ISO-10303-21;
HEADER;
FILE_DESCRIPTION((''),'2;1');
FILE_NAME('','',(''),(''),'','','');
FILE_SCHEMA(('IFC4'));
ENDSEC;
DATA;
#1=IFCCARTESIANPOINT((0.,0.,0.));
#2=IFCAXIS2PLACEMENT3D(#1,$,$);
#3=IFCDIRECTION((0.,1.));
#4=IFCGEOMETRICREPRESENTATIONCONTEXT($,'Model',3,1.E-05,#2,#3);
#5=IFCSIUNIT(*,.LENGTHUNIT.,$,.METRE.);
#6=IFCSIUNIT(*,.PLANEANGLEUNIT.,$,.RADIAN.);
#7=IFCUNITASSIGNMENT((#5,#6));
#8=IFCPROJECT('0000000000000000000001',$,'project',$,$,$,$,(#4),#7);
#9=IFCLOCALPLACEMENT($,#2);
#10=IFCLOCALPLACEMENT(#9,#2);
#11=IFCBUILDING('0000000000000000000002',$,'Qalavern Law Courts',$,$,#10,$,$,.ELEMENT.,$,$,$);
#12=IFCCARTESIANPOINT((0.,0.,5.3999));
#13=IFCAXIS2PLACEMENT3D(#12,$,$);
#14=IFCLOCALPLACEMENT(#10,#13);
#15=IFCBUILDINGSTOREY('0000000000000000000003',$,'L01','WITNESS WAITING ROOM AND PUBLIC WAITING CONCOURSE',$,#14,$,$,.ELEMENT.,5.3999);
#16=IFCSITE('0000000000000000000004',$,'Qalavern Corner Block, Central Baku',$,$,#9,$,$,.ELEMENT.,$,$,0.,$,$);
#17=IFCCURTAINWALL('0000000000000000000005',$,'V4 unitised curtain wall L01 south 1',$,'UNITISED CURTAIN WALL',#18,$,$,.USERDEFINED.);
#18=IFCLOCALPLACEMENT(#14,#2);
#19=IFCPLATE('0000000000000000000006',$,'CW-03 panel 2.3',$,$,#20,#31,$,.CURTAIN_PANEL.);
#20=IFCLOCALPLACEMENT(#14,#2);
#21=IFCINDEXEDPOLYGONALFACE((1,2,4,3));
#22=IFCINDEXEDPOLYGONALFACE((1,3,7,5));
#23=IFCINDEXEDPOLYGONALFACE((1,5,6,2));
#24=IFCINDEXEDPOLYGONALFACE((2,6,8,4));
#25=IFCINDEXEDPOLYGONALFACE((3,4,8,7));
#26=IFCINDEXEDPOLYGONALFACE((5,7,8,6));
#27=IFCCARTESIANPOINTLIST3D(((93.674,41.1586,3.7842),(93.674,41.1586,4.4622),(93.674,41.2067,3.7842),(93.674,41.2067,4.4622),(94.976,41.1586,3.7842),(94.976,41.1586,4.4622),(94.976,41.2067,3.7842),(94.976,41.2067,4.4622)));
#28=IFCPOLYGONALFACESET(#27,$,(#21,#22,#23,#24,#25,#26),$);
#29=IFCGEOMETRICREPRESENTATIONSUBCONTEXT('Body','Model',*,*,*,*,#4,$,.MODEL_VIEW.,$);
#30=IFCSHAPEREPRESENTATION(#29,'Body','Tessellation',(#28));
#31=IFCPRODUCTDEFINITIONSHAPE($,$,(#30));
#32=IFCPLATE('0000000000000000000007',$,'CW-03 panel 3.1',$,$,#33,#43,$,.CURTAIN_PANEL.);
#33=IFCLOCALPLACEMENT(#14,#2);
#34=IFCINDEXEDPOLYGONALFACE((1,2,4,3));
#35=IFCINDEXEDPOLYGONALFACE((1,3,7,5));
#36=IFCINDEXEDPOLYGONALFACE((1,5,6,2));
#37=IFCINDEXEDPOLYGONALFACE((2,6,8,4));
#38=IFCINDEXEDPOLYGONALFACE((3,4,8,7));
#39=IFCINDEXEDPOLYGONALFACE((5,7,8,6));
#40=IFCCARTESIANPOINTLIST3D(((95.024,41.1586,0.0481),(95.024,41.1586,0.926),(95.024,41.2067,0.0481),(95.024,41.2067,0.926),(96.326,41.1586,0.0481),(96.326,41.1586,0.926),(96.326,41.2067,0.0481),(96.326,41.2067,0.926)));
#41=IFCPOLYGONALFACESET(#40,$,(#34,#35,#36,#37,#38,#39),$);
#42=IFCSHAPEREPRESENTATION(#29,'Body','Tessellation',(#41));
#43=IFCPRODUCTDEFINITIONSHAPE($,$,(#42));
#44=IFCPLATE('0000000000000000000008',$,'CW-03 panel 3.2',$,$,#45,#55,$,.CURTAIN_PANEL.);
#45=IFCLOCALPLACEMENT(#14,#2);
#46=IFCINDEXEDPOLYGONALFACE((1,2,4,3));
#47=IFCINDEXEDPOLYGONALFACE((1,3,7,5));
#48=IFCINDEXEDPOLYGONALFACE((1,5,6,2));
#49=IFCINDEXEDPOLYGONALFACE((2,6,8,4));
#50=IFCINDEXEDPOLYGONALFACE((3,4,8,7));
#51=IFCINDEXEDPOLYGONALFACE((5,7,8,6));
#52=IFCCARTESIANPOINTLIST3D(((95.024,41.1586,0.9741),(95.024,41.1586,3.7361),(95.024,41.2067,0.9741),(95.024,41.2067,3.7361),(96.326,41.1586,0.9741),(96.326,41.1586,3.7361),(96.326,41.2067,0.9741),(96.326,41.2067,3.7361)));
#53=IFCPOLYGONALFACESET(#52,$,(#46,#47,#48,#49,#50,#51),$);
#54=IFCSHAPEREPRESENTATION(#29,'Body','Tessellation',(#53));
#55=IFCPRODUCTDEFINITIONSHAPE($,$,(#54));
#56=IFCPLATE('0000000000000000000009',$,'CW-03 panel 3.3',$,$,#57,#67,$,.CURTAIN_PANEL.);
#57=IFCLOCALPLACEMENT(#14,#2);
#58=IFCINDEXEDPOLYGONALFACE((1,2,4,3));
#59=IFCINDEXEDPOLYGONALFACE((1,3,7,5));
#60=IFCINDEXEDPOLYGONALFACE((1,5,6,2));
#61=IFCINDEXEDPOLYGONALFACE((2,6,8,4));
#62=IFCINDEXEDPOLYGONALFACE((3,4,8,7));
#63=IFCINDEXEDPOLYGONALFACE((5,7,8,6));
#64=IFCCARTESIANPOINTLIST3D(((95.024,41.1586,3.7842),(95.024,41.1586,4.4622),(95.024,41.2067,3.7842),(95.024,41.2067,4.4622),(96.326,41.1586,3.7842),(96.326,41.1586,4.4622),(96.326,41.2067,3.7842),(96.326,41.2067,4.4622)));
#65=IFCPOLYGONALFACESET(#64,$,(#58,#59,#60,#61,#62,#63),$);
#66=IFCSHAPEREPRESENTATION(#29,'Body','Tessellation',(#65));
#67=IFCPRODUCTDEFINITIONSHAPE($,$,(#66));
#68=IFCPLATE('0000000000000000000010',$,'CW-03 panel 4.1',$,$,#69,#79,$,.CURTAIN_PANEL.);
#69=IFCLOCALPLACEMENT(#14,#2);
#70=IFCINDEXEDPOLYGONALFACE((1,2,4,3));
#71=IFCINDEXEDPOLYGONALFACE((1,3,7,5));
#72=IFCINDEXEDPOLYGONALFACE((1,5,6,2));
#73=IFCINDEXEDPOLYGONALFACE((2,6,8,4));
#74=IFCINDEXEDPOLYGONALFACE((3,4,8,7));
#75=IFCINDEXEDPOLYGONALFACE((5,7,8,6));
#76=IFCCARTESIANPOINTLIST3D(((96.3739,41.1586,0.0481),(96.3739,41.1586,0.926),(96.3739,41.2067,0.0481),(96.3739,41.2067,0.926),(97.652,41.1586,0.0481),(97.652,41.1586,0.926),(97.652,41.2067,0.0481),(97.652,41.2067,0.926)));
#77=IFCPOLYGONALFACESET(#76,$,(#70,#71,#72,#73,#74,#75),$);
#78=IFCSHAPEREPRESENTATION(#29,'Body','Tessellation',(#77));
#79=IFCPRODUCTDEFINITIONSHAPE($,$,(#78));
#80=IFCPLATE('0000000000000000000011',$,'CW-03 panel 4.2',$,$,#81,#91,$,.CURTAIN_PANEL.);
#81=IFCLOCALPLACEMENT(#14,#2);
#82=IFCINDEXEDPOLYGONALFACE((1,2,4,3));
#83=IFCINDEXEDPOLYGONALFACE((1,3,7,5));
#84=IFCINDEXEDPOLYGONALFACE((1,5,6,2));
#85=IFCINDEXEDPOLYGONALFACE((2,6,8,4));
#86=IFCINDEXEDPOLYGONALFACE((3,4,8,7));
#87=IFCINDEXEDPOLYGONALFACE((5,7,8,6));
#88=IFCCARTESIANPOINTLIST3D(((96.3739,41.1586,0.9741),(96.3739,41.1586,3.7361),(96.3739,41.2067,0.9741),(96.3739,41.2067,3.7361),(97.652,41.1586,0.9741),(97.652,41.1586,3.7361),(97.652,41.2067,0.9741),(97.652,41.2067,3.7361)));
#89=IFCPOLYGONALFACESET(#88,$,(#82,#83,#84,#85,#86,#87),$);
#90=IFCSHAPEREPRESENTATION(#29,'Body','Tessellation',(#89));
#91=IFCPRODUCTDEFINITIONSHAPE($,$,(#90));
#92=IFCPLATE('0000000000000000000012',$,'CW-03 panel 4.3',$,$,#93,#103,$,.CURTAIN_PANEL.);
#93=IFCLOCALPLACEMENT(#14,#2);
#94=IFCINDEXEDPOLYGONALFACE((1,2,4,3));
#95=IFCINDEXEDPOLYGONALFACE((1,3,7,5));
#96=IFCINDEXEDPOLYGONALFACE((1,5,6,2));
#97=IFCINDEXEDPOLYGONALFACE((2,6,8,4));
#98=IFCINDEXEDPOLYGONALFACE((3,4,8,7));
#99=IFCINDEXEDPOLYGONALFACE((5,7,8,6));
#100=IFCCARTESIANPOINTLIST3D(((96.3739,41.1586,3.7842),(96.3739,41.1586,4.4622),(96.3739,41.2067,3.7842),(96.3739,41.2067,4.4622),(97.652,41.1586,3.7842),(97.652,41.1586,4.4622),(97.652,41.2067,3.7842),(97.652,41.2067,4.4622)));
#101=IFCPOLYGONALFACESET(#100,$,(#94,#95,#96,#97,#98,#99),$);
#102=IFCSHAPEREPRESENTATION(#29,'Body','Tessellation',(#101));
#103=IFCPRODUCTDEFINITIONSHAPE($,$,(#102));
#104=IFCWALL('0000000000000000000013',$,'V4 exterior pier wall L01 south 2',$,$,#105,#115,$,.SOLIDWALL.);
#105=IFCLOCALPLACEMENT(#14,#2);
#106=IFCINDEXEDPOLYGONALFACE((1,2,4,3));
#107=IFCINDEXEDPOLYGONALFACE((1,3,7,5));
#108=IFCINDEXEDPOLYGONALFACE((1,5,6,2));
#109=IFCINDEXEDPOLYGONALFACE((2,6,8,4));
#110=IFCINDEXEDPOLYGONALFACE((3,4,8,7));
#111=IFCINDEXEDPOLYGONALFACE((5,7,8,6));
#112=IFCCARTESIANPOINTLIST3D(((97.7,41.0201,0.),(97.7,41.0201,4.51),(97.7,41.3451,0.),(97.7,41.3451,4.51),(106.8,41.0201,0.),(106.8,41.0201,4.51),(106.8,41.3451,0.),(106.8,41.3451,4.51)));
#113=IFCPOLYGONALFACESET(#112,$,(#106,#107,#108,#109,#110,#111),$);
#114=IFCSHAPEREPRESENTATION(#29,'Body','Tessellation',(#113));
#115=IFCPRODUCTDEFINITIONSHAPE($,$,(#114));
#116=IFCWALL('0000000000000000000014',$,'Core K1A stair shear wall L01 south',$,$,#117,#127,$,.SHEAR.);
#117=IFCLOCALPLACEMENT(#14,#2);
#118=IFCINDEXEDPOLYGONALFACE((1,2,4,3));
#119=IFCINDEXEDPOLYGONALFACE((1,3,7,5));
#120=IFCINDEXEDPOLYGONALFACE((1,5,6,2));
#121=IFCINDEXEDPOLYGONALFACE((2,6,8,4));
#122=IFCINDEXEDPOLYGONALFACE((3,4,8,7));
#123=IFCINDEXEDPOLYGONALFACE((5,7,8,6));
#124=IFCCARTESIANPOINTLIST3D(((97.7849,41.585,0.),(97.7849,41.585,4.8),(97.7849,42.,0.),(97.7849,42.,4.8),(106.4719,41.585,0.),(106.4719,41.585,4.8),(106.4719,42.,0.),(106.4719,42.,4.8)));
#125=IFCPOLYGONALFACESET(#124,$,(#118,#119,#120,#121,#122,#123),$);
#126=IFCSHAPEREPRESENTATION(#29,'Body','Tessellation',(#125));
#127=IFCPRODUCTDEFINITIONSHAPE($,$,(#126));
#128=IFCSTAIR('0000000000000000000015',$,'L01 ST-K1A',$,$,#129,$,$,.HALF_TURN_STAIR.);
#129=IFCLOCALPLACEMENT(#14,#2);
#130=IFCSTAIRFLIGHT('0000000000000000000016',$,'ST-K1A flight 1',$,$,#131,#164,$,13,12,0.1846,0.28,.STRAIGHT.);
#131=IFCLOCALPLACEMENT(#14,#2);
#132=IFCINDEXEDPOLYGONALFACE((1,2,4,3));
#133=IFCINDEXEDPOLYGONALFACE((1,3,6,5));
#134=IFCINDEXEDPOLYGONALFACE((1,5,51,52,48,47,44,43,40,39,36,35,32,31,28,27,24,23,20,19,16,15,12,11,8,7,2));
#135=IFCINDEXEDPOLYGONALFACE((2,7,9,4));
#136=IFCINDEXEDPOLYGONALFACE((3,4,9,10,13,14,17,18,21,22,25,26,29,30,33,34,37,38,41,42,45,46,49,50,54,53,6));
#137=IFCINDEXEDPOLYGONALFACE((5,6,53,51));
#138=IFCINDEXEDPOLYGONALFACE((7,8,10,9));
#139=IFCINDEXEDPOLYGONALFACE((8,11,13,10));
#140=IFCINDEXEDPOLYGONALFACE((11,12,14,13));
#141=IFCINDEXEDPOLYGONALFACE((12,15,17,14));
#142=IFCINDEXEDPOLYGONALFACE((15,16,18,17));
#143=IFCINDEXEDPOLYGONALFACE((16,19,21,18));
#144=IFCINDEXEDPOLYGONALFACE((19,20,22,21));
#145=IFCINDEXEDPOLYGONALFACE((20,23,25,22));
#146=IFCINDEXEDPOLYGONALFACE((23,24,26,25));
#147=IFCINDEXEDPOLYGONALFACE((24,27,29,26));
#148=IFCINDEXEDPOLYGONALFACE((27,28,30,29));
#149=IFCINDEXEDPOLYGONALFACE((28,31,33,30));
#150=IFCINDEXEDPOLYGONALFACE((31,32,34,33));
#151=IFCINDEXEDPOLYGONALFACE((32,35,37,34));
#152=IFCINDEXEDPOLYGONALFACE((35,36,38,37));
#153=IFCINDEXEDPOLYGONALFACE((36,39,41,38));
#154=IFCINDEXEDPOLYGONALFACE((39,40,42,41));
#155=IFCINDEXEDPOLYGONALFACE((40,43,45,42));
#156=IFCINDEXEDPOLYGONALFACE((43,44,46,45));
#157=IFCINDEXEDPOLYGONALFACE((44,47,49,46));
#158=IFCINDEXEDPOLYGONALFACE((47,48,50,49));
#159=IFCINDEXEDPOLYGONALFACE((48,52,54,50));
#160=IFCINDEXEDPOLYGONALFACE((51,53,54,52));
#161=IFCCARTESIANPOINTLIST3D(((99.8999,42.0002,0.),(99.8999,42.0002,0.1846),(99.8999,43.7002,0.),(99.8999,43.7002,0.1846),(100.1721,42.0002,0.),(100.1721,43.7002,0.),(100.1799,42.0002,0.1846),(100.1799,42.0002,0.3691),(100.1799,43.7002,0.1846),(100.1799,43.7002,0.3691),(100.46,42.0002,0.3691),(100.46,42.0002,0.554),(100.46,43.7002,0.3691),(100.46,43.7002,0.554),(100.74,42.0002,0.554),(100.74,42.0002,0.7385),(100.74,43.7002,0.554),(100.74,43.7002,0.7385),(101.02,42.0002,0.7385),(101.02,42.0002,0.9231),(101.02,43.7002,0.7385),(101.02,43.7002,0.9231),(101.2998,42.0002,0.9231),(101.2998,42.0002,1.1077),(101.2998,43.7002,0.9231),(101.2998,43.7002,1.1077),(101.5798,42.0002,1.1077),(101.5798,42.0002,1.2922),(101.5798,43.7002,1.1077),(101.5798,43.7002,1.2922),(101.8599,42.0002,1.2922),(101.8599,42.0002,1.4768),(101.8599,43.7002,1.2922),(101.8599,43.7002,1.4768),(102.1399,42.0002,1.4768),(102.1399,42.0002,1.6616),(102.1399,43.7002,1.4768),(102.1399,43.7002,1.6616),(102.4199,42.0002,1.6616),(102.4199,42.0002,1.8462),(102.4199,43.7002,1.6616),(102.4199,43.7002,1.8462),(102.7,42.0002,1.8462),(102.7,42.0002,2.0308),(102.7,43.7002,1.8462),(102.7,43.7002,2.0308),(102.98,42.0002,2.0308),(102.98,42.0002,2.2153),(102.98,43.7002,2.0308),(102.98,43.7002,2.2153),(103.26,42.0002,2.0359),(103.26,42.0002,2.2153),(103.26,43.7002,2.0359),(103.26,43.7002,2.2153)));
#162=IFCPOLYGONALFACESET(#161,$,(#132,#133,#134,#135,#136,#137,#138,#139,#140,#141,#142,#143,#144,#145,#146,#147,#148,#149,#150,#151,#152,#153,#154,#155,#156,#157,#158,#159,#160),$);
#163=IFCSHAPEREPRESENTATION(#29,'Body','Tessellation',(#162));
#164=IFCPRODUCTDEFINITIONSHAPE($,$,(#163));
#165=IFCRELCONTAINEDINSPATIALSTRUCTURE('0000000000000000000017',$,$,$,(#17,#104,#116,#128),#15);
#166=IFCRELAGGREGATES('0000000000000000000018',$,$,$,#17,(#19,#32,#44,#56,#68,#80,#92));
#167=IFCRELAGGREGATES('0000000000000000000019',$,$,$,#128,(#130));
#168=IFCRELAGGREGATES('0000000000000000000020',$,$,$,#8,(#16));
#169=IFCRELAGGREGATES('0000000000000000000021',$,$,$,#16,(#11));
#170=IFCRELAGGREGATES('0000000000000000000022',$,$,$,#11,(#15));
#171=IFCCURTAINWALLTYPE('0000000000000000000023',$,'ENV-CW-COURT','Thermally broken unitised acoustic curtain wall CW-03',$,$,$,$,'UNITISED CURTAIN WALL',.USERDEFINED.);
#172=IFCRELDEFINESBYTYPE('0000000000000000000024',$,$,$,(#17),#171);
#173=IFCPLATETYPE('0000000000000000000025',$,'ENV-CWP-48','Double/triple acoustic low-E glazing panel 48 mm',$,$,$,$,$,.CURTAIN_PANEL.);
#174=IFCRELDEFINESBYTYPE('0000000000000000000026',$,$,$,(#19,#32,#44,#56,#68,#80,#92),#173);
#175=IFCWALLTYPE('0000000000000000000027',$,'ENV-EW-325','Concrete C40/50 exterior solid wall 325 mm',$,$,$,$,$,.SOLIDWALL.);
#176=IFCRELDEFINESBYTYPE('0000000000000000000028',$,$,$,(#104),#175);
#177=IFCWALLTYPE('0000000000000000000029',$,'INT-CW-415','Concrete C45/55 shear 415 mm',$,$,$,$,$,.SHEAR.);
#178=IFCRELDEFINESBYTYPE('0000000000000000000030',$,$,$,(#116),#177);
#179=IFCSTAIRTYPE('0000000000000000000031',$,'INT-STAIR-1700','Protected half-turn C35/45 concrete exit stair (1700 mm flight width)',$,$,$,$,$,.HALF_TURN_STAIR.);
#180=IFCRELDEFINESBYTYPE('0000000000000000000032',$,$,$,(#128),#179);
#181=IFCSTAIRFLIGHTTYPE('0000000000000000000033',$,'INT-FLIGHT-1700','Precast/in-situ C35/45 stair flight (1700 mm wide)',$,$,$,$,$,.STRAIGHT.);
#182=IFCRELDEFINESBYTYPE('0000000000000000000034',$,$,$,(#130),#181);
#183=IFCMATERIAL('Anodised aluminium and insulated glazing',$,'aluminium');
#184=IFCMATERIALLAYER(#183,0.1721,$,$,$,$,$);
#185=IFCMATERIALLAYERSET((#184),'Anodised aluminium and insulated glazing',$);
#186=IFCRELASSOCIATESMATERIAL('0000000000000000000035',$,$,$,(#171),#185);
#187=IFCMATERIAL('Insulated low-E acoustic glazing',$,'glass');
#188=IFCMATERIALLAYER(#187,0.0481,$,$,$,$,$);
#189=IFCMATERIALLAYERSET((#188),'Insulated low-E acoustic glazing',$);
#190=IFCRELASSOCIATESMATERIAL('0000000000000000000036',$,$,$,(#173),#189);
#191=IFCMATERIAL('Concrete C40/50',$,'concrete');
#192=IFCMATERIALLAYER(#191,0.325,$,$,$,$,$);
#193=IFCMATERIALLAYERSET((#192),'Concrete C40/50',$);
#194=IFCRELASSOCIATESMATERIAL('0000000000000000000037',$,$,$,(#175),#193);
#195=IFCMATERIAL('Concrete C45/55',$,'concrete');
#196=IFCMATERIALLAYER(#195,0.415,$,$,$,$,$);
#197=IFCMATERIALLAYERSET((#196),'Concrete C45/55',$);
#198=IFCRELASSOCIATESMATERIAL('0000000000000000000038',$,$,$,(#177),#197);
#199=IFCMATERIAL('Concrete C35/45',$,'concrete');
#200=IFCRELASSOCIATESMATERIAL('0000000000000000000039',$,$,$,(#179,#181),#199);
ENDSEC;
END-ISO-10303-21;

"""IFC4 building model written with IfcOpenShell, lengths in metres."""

from ifc_helpers import new_model, si_unit, direction, frame, frame_2d, origin, origin_2d, place, context, subcontext, project, spatial, polyline, rectangle, outline, extrude, material, layer, layer_set, type_object, element, aggregate, save


model = new_model("IFC4")

# Units and contexts
model_context = context("Model", 3, precision=1e-05, world=origin(), true_north=direction((0.0, 1.0)))
body_context = subcontext(model_context, "Body", "Model", "MODEL_VIEW")
ifc_project = project(units=[si_unit("LENGTHUNIT", "METRE"), si_unit("PLANEANGLEUNIT", "RADIAN")], contexts=[model_context])

# Site, building, storey
site_placement = place(None, origin())
site = spatial("IfcSite", under=ifc_project, at=site_placement, Name="Qalavern Corner Block, Central Baku", CompositionType="ELEMENT", RefElevation=0.0)
building_placement = place(site_placement, origin())
building = spatial("IfcBuilding", under=site, at=building_placement, Name="Qalavern Law Courts", CompositionType="ELEMENT")
storey_placement = place(building_placement, frame((0.0, 0.0, 5.3999)))
storey = spatial("IfcBuildingStorey", under=building, at=storey_placement, Name="L01", Description="WITNESS WAITING ROOM AND PUBLIC WAITING CONCOURSE", CompositionType="ELEMENT", Elevation=5.3999)

# Curtain wall, plates
ifc_material_1 = material(Name="Anodised aluminium and insulated glazing", Category="aluminium")
ifc_layer_1 = layer(ifc_material_1, 0.1721)
ifc_layer_set_1 = layer_set([ifc_layer_1], Name="Anodised aluminium and insulated glazing")
curtain_wall_type = type_object("IfcCurtainWallType", Name="ENV-CW-COURT", Description="Thermally broken unitised acoustic curtain wall CW-03", ElementType="UNITISED CURTAIN WALL", PredefinedType="USERDEFINED", material=ifc_layer_set_1)
curtain_wall_placement = place(storey_placement, origin())
curtain_wall = element("IfcCurtainWall", 1, at=curtain_wall_placement, inside=storey, type_object=curtain_wall_type, Name="V4 unitised curtain wall L01 south 1", ObjectType="UNITISED CURTAIN WALL", PredefinedType="USERDEFINED")
ifc_material_2 = material(Name="Insulated low-E acoustic glazing", Category="glass")
ifc_layer_2 = layer(ifc_material_2, 0.0481)
ifc_layer_set_2 = layer_set([ifc_layer_2], Name="Insulated low-E acoustic glazing")
plate_type = type_object("IfcPlateType", Name="ENV-CWP-48", Description="Double/triple acoustic low-E glazing panel 48 mm", PredefinedType="CURTAIN_PANEL", material=ifc_layer_set_2)
plate_1_placement = place(storey_placement, frame((94.325, 41.1826, 3.7842), z_axis=(0.0, 0.0, 1.0), x_axis=(1.0, 0.0, 0.0)))
plate_1 = element("IfcPlate", 2, at=plate_1_placement, type_object=plate_type, Name="CW-03 panel 2.3", PredefinedType="CURTAIN_PANEL", context=body_context, shape_type="SweptSolid", body=[
    extrude(rectangle(XDim=1.302, YDim=0.0481, at=origin_2d()), origin(), (0.0, 0.0, 1.0), 0.678),
])
plate_2_placement = place(storey_placement, frame((95.675, 41.1826, 0.0481), z_axis=(0.0, 0.0, 1.0), x_axis=(1.0, 0.0, 0.0)))
plate_2 = element("IfcPlate", 3, at=plate_2_placement, type_object=plate_type, Name="CW-03 panel 3.1", PredefinedType="CURTAIN_PANEL", context=body_context, shape_type="SweptSolid", body=[
    extrude(rectangle(XDim=1.302, YDim=0.0481, at=origin_2d()), origin(), (0.0, 0.0, 1.0), 0.8779),
])
plate_3_placement = place(storey_placement, frame((95.675, 41.1826, 0.9741), z_axis=(0.0, 0.0, 1.0), x_axis=(1.0, 0.0, 0.0)))
plate_3 = element("IfcPlate", 4, at=plate_3_placement, type_object=plate_type, Name="CW-03 panel 3.2", PredefinedType="CURTAIN_PANEL", context=body_context, shape_type="SweptSolid", body=[
    extrude(rectangle(XDim=1.302, YDim=0.0481, at=origin_2d()), origin(), (0.0, 0.0, 1.0), 2.762),
])
plate_4_placement = place(storey_placement, frame((95.675, 41.1826, 3.7842), z_axis=(0.0, 0.0, 1.0), x_axis=(1.0, 0.0, 0.0)))
plate_4 = element("IfcPlate", 5, at=plate_4_placement, type_object=plate_type, Name="CW-03 panel 3.3", PredefinedType="CURTAIN_PANEL", context=body_context, shape_type="SweptSolid", body=[
    extrude(rectangle(XDim=1.302, YDim=0.0481, at=origin_2d()), origin(), (0.0, 0.0, 1.0), 0.678),
])
plate_5_placement = place(storey_placement, frame((97.0129, 41.1826, 0.0481), z_axis=(0.0, 0.0, 1.0), x_axis=(1.0, 0.0, 0.0)))
plate_5 = element("IfcPlate", 6, at=plate_5_placement, type_object=plate_type, Name="CW-03 panel 4.1", PredefinedType="CURTAIN_PANEL", context=body_context, shape_type="SweptSolid", body=[
    extrude(rectangle(XDim=1.2781, YDim=0.0481, at=origin_2d()), origin(), (0.0, 0.0, 1.0), 0.8779),
])
plate_6_placement = place(storey_placement, frame((97.0129, 41.1826, 0.9741), z_axis=(0.0, 0.0, 1.0), x_axis=(1.0, 0.0, 0.0)))
plate_6 = element("IfcPlate", 7, at=plate_6_placement, type_object=plate_type, Name="CW-03 panel 4.2", PredefinedType="CURTAIN_PANEL", context=body_context, shape_type="SweptSolid", body=[
    extrude(rectangle(XDim=1.2781, YDim=0.0481, at=origin_2d()), origin(), (0.0, 0.0, 1.0), 2.762),
])
plate_7_placement = place(storey_placement, frame((97.0129, 41.1826, 3.7842), z_axis=(0.0, 0.0, 1.0), x_axis=(1.0, 0.0, 0.0)))
plate_7 = element("IfcPlate", 8, at=plate_7_placement, type_object=plate_type, Name="CW-03 panel 4.3", PredefinedType="CURTAIN_PANEL", context=body_context, shape_type="SweptSolid", body=[
    extrude(rectangle(XDim=1.2781, YDim=0.0481, at=origin_2d()), origin(), (0.0, 0.0, 1.0), 0.678),
])
aggregate(curtain_wall, [plate_1, plate_2, plate_3, plate_4, plate_5, plate_6, plate_7])

# Walls
ifc_material_3 = material(Name="Concrete C40/50", Category="concrete")
ifc_layer_3 = layer(ifc_material_3, 0.325)
ifc_layer_set_3 = layer_set([ifc_layer_3], Name="Concrete C40/50")
wall_type_1 = type_object("IfcWallType", Name="ENV-EW-325", Description="Concrete C40/50 exterior solid wall 325 mm", PredefinedType="SOLIDWALL", material=ifc_layer_set_3)
wall_1_placement = place(storey_placement, frame((97.7, 41.1826, 0.0), z_axis=(0.0, 0.0, 1.0), x_axis=(1.0, 0.0, 0.0)))
element("IfcWall", 9, at=wall_1_placement, inside=storey, type_object=wall_type_1, Name="V4 exterior pier wall L01 south 2", PredefinedType="SOLIDWALL", context=body_context, shape_type="SweptSolid", body=[
    extrude(rectangle(XDim=9.1001, YDim=0.325, at=frame_2d((4.55, 0.0))), origin(), (0.0, 0.0, 1.0), 4.51),
])
ifc_material_4 = material(Name="Concrete C45/55", Category="concrete")
ifc_layer_4 = layer(ifc_material_4, 0.415)
ifc_layer_set_4 = layer_set([ifc_layer_4], Name="Concrete C45/55")
wall_type_2 = type_object("IfcWallType", Name="INT-CW-415", Description="Concrete C45/55 shear 415 mm", PredefinedType="SHEAR", material=ifc_layer_set_4)
wall_2_placement = place(storey_placement, frame((97.7849, 41.7925, 0.0), z_axis=(0.0, 0.0, 1.0), x_axis=(1.0, 0.0, 0.0)))
element("IfcWall", 10, at=wall_2_placement, inside=storey, type_object=wall_type_2, Name="Core K1A stair shear wall L01 south", PredefinedType="SHEAR", context=body_context, shape_type="SweptSolid", body=[
    extrude(rectangle(XDim=8.687, YDim=0.415, at=frame_2d((4.3435, 0.0))), origin(), (0.0, 0.0, 1.0), 4.8),
])

# Stair, stair flight
ifc_material_5 = material(Name="Concrete C35/45", Category="concrete")
stair_type = type_object("IfcStairType", Name="INT-STAIR-1700", Description="Protected half-turn C35/45 concrete exit stair (1700 mm flight width)", PredefinedType="HALF_TURN_STAIR", material=ifc_material_5)
stair_placement = place(storey_placement, origin())
stair = element("IfcStair", 11, at=stair_placement, inside=storey, type_object=stair_type, Name="L01 ST-K1A", PredefinedType="HALF_TURN_STAIR")
stair_flight_type = type_object("IfcStairFlightType", Name="INT-FLIGHT-1700", Description="Precast/in-situ C35/45 stair flight (1700 mm wide)", PredefinedType="STRAIGHT", material=ifc_material_5)
stair_flight_placement = place(storey_placement, frame((99.8999, 42.8501, 0.0), z_axis=(0.0, 0.0, 1.0), x_axis=(1.0, 0.0, 0.0)))
stair_flight = element("IfcStairFlight", 12, at=stair_flight_placement, type_object=stair_flight_type, Name="ST-K1A flight 1", NumberOfRisers=13, NumberOfTreads=12, PredefinedType="STRAIGHT", RiserHeight=0.1846, TreadLength=0.28, context=body_context, shape_type="SweptSolid", body=[
    extrude(outline(polyline([(0.0, 0.0), (0.0, 0.1846), (0.28, 0.1846), (0.28, 0.3691), (0.5601, 0.3691), (0.5601, 0.554), (0.8401, 0.554), (0.8401, 0.7385), (1.1201, 0.7385), (1.1201, 0.9231), (1.3999, 0.9231), (1.3999, 1.1077), (1.6799, 1.1077), (1.6799, 1.2922), (1.96, 1.2922), (1.96, 1.4768), (2.24, 1.4768), (2.24, 1.6616), (2.52, 1.6616), (2.52, 1.8462), (2.8, 1.8462), (2.8, 2.0308), (3.0801, 2.0308), (3.0801, 2.2153), (3.3601, 2.2153), (3.3601, 2.3999), (3.3601, 2.0359), (0.2722, 0.0), (0.0, 0.0)])), frame((0.0, 0.8501, 0.0), z_axis=(0.0, -1.0, 0.0), x_axis=(1.0, 0.0, 0.0)), (0.0, 0.0, 1.0), 1.7),
])
aggregate(stair, [stair_flight])

save(model, "model.ifc")
